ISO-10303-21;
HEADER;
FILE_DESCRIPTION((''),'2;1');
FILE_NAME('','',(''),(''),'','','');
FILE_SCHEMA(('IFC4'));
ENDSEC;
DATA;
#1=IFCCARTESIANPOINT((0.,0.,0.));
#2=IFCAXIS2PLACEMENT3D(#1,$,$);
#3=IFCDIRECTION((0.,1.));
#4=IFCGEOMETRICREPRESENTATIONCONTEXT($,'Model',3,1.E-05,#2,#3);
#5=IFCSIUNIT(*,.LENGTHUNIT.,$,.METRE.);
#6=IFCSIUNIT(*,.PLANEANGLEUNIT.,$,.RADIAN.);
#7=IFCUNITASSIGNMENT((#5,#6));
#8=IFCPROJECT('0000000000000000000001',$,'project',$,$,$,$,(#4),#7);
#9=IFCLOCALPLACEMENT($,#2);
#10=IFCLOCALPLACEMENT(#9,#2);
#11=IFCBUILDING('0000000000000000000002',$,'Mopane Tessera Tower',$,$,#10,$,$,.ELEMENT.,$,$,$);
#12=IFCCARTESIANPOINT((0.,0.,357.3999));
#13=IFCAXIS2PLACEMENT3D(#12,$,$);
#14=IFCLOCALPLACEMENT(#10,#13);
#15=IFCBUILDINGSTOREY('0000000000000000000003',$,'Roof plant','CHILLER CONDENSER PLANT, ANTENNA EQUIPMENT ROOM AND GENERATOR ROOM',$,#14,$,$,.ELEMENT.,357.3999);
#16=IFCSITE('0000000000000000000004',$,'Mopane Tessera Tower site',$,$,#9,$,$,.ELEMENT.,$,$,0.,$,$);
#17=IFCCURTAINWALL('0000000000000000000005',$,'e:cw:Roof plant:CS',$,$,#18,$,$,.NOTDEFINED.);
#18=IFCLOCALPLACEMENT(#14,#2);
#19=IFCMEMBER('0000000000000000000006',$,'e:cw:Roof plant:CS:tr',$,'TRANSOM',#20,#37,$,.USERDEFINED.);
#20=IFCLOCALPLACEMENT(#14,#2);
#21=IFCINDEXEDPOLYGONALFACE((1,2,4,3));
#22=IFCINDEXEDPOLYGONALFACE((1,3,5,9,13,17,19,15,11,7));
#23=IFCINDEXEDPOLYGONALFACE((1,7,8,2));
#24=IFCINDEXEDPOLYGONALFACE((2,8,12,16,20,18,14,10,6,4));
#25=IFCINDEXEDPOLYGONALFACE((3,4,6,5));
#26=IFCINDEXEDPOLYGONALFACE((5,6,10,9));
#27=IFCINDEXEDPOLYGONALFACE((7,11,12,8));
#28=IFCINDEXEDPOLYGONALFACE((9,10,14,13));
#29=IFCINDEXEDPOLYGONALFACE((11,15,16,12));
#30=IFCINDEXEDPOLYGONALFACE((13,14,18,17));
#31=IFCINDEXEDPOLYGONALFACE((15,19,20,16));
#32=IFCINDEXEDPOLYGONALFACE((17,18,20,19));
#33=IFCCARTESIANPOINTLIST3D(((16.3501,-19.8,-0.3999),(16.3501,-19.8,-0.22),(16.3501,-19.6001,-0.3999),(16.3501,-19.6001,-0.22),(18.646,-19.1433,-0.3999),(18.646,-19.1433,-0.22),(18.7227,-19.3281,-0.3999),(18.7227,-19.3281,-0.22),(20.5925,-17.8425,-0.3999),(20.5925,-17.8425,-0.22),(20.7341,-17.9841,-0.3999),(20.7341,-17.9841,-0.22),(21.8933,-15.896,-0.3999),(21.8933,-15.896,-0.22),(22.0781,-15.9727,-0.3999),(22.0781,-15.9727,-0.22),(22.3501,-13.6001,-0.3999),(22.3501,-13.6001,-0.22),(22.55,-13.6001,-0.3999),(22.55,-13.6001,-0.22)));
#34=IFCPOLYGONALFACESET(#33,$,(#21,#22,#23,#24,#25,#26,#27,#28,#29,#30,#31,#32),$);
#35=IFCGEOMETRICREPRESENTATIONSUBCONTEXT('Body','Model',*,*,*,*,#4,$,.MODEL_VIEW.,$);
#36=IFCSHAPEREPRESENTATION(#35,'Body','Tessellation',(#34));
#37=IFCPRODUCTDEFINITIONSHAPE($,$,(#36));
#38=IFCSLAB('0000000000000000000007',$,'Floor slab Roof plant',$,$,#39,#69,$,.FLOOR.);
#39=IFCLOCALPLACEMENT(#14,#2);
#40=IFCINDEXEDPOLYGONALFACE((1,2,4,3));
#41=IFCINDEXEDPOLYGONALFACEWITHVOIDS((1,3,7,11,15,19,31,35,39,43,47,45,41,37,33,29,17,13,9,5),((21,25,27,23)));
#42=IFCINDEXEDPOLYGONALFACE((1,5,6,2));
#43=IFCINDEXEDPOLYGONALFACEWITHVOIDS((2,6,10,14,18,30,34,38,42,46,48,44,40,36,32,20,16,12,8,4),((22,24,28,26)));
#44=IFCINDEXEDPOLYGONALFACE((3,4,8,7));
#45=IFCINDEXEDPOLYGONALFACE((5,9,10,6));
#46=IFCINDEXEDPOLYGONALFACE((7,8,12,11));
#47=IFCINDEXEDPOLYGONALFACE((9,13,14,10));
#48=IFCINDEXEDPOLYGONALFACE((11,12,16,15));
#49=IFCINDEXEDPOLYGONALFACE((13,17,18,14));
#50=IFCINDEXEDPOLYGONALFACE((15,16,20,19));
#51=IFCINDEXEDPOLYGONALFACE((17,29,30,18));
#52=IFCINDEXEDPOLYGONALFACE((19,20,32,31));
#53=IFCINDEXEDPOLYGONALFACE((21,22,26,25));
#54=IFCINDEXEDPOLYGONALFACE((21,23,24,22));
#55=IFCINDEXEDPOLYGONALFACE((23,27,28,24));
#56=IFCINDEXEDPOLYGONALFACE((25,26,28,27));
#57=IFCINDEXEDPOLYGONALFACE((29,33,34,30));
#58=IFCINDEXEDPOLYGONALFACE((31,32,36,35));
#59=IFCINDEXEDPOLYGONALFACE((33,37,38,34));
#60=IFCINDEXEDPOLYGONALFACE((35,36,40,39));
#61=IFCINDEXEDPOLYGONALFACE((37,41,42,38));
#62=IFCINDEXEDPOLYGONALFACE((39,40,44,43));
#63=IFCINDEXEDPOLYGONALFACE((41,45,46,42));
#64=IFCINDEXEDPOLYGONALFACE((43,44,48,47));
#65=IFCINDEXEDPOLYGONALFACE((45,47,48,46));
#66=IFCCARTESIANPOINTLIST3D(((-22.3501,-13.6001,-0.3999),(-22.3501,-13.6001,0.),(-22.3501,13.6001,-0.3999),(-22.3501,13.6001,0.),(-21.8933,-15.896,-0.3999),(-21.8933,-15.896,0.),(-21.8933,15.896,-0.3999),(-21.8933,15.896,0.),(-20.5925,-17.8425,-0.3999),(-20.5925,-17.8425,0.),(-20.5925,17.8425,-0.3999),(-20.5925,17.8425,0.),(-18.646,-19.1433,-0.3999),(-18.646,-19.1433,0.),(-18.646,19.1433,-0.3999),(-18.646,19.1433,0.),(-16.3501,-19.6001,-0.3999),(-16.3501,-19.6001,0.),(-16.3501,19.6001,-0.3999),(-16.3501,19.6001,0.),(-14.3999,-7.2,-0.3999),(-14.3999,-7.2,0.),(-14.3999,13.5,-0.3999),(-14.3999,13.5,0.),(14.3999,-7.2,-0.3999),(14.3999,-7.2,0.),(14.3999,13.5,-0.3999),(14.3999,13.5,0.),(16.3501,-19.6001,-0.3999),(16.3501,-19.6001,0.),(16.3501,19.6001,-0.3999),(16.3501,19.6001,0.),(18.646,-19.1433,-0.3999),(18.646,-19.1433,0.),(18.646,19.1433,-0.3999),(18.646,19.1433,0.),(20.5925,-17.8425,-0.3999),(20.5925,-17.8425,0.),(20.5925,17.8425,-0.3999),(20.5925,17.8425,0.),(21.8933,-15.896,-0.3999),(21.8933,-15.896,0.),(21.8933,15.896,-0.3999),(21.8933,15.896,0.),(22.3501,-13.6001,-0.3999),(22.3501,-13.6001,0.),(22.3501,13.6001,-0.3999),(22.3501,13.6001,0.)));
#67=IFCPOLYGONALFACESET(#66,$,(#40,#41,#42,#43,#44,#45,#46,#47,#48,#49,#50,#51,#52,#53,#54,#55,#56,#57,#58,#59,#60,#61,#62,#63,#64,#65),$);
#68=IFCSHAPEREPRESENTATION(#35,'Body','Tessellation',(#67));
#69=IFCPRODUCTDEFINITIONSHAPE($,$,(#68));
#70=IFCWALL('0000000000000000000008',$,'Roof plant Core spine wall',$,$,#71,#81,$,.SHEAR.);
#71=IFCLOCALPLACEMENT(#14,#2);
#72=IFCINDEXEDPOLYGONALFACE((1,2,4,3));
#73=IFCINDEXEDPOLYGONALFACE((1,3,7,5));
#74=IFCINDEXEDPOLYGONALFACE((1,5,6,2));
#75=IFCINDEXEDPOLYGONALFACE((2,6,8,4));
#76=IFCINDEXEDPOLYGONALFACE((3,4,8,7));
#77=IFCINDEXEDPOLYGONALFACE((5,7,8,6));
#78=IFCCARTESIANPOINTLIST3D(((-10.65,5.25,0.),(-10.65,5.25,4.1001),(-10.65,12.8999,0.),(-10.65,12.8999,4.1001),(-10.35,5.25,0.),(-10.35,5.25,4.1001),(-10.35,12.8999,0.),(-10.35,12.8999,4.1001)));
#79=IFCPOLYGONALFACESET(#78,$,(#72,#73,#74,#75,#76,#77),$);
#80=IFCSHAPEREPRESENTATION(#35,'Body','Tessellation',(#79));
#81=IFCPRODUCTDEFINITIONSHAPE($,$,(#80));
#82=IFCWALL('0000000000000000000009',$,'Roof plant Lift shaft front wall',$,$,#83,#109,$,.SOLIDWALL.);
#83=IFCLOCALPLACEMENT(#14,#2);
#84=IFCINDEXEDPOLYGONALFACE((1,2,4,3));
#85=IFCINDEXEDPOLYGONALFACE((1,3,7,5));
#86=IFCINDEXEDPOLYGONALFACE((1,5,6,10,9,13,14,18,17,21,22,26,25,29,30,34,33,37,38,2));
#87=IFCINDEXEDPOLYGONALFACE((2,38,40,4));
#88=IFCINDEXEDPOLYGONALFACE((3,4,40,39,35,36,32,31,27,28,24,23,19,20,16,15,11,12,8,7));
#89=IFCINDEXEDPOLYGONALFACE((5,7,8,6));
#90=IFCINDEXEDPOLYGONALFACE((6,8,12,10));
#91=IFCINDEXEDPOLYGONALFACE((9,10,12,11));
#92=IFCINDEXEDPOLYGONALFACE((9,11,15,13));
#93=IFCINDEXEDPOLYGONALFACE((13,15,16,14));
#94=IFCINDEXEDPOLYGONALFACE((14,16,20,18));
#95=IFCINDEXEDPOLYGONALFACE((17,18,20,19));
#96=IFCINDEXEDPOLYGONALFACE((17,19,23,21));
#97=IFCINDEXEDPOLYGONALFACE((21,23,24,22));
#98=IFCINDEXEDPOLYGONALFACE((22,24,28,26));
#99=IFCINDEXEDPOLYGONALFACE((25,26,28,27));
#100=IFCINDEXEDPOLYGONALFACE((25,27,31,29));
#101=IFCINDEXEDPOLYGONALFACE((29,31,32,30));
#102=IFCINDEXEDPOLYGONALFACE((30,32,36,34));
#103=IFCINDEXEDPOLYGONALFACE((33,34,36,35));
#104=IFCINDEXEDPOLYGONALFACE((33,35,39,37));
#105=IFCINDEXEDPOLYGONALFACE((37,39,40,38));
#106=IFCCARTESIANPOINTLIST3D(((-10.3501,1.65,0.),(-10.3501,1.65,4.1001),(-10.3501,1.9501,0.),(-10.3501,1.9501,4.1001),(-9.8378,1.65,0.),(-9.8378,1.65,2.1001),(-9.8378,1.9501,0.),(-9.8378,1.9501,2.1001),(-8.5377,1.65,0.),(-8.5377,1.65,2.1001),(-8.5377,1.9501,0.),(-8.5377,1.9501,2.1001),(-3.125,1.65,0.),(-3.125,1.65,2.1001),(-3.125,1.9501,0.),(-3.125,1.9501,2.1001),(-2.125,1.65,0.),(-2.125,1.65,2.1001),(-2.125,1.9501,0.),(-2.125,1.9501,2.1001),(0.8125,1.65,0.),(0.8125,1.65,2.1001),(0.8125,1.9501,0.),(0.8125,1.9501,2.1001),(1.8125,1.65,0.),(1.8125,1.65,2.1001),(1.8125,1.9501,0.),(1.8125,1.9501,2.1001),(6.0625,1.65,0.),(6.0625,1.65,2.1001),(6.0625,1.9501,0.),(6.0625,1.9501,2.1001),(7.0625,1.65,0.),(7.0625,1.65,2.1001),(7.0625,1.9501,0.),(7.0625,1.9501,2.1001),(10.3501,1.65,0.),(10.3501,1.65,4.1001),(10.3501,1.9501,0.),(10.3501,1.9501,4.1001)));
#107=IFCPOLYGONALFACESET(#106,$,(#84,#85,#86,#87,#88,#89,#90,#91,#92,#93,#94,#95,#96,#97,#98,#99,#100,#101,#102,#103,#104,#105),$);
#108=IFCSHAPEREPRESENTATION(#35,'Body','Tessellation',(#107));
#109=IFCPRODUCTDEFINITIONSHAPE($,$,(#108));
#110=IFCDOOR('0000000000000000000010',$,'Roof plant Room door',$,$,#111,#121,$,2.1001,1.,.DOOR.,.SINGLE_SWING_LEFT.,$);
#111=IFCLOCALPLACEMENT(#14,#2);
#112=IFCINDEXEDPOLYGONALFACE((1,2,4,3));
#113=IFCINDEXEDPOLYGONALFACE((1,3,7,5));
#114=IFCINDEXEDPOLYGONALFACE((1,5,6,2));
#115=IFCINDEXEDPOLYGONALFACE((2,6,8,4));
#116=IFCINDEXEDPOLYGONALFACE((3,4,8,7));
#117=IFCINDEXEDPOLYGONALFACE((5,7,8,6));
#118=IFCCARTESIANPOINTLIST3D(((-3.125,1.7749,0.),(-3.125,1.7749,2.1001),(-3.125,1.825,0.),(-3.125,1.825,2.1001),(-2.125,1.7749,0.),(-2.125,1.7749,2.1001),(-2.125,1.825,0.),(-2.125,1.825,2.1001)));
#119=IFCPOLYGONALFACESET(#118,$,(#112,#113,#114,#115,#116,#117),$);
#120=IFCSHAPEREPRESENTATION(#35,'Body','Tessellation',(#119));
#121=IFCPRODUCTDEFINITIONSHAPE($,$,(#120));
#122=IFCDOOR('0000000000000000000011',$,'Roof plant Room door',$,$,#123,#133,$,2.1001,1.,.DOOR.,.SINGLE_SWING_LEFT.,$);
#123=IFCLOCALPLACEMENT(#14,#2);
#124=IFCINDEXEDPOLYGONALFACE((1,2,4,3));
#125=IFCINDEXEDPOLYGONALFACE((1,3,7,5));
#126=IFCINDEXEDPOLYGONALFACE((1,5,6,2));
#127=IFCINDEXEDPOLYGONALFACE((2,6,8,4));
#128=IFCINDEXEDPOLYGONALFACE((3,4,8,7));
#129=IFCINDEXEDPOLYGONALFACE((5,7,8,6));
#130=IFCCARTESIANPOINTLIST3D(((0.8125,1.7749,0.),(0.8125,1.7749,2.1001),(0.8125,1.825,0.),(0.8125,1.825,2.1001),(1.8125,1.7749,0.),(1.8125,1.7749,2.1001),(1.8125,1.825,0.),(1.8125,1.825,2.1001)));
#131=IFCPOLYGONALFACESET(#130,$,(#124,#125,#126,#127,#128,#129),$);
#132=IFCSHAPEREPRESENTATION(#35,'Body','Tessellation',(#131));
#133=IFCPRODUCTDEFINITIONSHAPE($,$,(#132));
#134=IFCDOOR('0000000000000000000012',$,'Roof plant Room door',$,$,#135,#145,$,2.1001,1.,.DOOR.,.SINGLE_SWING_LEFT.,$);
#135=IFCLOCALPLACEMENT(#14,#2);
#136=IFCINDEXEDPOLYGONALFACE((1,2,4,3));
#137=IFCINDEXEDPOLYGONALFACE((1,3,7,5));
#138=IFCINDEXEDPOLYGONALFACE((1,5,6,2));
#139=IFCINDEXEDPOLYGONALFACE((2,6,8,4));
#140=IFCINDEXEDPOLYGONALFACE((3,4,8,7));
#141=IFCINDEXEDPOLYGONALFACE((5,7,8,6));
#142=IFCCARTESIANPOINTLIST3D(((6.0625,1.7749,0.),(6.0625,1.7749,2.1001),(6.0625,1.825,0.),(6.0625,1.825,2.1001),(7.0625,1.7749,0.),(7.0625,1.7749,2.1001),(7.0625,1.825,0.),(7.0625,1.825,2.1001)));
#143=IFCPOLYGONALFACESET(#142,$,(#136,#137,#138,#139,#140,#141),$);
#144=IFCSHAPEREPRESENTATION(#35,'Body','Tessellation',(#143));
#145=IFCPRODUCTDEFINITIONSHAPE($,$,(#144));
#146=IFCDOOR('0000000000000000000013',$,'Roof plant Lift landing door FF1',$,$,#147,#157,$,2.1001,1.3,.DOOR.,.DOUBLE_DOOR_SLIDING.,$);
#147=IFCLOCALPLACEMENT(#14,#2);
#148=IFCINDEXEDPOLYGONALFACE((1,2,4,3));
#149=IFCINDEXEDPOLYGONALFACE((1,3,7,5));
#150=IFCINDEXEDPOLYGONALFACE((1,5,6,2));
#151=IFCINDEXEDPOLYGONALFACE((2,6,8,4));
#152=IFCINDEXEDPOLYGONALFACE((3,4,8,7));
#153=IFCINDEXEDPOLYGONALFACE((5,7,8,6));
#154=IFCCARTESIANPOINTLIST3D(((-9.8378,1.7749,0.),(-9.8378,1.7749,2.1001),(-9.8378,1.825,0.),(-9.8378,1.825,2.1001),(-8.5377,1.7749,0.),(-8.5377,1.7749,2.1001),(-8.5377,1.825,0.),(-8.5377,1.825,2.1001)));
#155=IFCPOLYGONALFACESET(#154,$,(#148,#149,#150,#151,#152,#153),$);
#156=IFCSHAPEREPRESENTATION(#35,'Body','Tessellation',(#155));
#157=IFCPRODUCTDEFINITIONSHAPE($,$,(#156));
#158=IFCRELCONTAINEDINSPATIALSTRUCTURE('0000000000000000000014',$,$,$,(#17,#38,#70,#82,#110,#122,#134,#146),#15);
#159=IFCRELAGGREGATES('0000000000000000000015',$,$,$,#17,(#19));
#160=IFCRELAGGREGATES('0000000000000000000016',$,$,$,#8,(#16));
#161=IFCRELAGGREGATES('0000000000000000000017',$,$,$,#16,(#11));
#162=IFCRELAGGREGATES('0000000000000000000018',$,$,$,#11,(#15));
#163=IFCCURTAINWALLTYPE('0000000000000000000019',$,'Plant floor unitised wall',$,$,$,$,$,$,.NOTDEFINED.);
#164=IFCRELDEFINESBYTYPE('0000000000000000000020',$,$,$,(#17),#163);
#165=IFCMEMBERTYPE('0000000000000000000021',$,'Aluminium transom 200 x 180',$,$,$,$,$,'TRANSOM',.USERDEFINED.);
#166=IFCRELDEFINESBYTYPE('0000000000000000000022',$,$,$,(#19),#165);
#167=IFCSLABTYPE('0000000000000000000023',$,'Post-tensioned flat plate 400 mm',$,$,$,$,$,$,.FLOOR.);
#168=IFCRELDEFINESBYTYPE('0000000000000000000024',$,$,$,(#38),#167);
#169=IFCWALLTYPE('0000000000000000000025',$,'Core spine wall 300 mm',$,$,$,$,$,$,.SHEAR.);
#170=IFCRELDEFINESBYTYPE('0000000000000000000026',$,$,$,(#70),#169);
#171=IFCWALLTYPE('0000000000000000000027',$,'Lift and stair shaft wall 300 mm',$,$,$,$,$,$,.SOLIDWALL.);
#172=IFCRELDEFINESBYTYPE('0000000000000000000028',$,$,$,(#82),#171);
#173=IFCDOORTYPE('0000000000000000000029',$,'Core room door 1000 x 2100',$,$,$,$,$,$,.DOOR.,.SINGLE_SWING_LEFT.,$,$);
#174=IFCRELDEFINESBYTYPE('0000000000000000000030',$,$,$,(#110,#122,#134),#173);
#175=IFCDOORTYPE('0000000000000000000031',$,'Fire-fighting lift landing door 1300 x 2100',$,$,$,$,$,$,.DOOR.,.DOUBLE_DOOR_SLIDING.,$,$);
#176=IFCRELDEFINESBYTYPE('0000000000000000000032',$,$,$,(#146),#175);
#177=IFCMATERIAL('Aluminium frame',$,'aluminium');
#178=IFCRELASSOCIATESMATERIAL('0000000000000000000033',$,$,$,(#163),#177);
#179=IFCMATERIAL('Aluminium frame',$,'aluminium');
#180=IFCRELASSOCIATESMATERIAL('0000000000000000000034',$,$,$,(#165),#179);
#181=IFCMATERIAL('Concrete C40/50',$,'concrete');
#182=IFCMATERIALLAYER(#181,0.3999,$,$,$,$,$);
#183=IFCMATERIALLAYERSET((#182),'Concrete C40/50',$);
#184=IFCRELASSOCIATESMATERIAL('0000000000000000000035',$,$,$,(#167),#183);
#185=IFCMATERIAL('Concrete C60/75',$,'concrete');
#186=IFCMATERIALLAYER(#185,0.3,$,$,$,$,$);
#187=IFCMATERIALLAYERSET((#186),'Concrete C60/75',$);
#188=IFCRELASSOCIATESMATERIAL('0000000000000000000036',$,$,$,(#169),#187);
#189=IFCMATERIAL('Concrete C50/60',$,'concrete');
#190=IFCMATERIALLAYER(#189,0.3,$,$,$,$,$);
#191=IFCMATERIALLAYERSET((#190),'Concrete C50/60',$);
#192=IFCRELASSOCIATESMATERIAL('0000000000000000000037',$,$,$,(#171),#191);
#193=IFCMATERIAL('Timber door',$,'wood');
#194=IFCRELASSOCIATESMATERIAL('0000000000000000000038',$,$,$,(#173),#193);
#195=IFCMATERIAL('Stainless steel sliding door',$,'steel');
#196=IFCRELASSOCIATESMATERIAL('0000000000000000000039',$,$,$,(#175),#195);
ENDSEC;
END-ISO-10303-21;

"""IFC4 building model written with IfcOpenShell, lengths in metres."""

from ifc_helpers import new_model, si_unit, direction, frame, frame_2d, origin, origin_2d, place, context, subcontext, project, spatial, polyline, rectangle, outline, extrude, material, layer, layer_set, material_profile, profile_set, type_object, element, fill, aggregate, save


model = new_model("IFC4")

# Units and contexts
model_context = context("Model", 3, precision=1e-05, world=origin(), true_north=direction((0.0, 1.0)))
body_context = subcontext(model_context, "Body", "Model", "MODEL_VIEW")
ifc_project = project(units=[si_unit("LENGTHUNIT", "METRE"), si_unit("PLANEANGLEUNIT", "RADIAN")], contexts=[model_context])

# Site, building, storey
site_placement = place(None, origin())
site = spatial("IfcSite", under=ifc_project, at=site_placement, Name="Mopane Tessera Tower site", CompositionType="ELEMENT", RefElevation=0.0)
building_placement = place(site_placement, origin())
building = spatial("IfcBuilding", under=site, at=building_placement, Name="Mopane Tessera Tower", CompositionType="ELEMENT")
storey_placement = place(building_placement, frame((0.0, 0.0, 357.3999)))
storey = spatial("IfcBuildingStorey", under=building, at=storey_placement, Name="Roof plant", Description="CHILLER CONDENSER PLANT, ANTENNA EQUIPMENT ROOM AND GENERATOR ROOM", CompositionType="ELEMENT", Elevation=357.3999)

# Curtain wall, member
ifc_material_1 = material(Name="Aluminium frame", Category="aluminium")
curtain_wall_type = type_object("IfcCurtainWallType", Name="Plant floor unitised wall", PredefinedType="NOTDEFINED", material=ifc_material_1)
curtain_wall_placement = place(storey_placement, origin())
curtain_wall = element("IfcCurtainWall", 1, at=curtain_wall_placement, inside=storey, type_object=curtain_wall_type, Name="e:cw:Roof plant:CS", PredefinedType="NOTDEFINED")
ifc_material_2 = material(Name="Aluminium frame", Category="aluminium")
ifc_material_profile = material_profile(ifc_material_2, rectangle(XDim=0.2, YDim=0.1799, at=origin_2d()))
ifc_profile_set = profile_set([ifc_material_profile], Name="Aluminium frame")
member_type = type_object("IfcMemberType", Name="Aluminium transom 200 x 180", ElementType="TRANSOM", PredefinedType="USERDEFINED", material=ifc_profile_set)
member_placement = place(storey_placement, frame((0.0, 0.0, -0.3999)))
member = element("IfcMember", 2, at=member_placement, type_object=member_type, Name="e:cw:Roof plant:CS:tr", ObjectType="TRANSOM", PredefinedType="USERDEFINED", context=body_context, shape_type="SweptSolid", body=[
    extrude(outline(polyline([(16.3501, -19.6001), (18.646, -19.1433), (20.5925, -17.8425), (21.8933, -15.896), (22.3501, -13.6001), (22.55, -13.6001), (22.0781, -15.9727), (20.7341, -17.9841), (18.7227, -19.3281), (16.3501, -19.8), (16.3501, -19.6001)])), origin(), (0.0, 0.0, 1.0), 0.1799),
])
aggregate(curtain_wall, [member])

# Slab
ifc_material_3 = material(Name="Concrete C40/50", Category="concrete")
ifc_layer_1 = layer(ifc_material_3, 0.3999)
ifc_layer_set_1 = layer_set([ifc_layer_1], Name="Concrete C40/50")
slab_type = type_object("IfcSlabType", Name="Post-tensioned flat plate 400 mm", PredefinedType="FLOOR", material=ifc_layer_set_1)
slab_placement = place(storey_placement, frame((0.0, 0.0, -0.3999)))
element("IfcSlab", 3, at=slab_placement, inside=storey, type_object=slab_type, Name="Floor slab Roof plant", PredefinedType="FLOOR", context=body_context, shape_type="SweptSolid", body=[
    extrude(outline(polyline([(-16.3501, -19.6001), (16.3501, -19.6001), (18.646, -19.1433), (20.5925, -17.8425), (21.8933, -15.896), (22.3501, -13.6001), (22.3501, 13.6001), (21.8933, 15.896), (20.5925, 17.8425), (18.646, 19.1433), (16.3501, 19.6001), (-16.3501, 19.6001), (-18.646, 19.1433), (-20.5925, 17.8425), (-21.8933, 15.896), (-22.3501, 13.6001), (-22.3501, -13.6001), (-21.8933, -15.896), (-20.5925, -17.8425), (-18.646, -19.1433), (-16.3501, -19.6001)]), holes=[polyline([(14.3999, -7.2), (-14.3999, -7.2), (-14.3999, 13.5), (14.3999, 13.5), (14.3999, -7.2)])]), origin(), (0.0, 0.0, 1.0), 0.3999),
])

# Wall
ifc_material_4 = material(Name="Concrete C60/75", Category="concrete")
ifc_layer_2 = layer(ifc_material_4, 0.3)
ifc_layer_set_2 = layer_set([ifc_layer_2], Name="Concrete C60/75")
wall_type_1 = type_object("IfcWallType", Name="Core spine wall 300 mm", PredefinedType="SHEAR", material=ifc_layer_set_2)
wall_1_placement = place(storey_placement, frame((-10.5, 5.25, 0.0), z_axis=(0.0, 0.0, 1.0), x_axis=(0.0, 1.0, 0.0)))
element("IfcWall", 4, at=wall_1_placement, inside=storey, type_object=wall_type_1, Name="Roof plant Core spine wall", PredefinedType="SHEAR", context=body_context, shape_type="SweptSolid", body=[
    extrude(rectangle(XDim=7.6499, YDim=0.3, at=frame_2d((3.825, 0.0))), origin(), (0.0, 0.0, 1.0), 4.1001),
])

# Wall, openings, doors
ifc_material_5 = material(Name="Concrete C50/60", Category="concrete")
ifc_layer_3 = layer(ifc_material_5, 0.3)
ifc_layer_set_3 = layer_set([ifc_layer_3], Name="Concrete C50/60")
wall_type_2 = type_object("IfcWallType", Name="Lift and stair shaft wall 300 mm", PredefinedType="SOLIDWALL", material=ifc_layer_set_3)
wall_2_placement = place(storey_placement, frame((-10.3501, 1.8, 0.0), z_axis=(0.0, 0.0, 1.0), x_axis=(1.0, 0.0, 0.0)))
wall_2 = element("IfcWall", 5, at=wall_2_placement, inside=storey, type_object=wall_type_2, Name="Roof plant Lift shaft front wall", PredefinedType="SOLIDWALL", context=body_context, shape_type="SweptSolid", body=[
    extrude(rectangle(XDim=20.7002, YDim=0.3, at=frame_2d((10.3501, 0.0))), origin(), (0.0, 0.0, 1.0), 4.1001),
])
opening_1_placement = place(wall_2_placement, frame((0.5125, 0.0, 0.0)))
opening_1 = element("IfcOpeningElement", 6, at=opening_1_placement, cuts=wall_2, PredefinedType="OPENING", context=body_context, shape_type="SweptSolid", body=[
    extrude(rectangle(XDim=1.3, YDim=2.1001, at=frame_2d((0.6499, 1.05))), frame((0.0, 0.1621, 0.0), z_axis=(0.0, -1.0, 0.0), x_axis=(1.0, 0.0, 0.0)), (0.0, 0.0, 1.0), 0.324),
])
opening_2_placement = place(wall_2_placement, frame((7.2251, 0.0, 0.0)))
opening_2 = element("IfcOpeningElement", 7, at=opening_2_placement, cuts=wall_2, PredefinedType="OPENING", context=body_context, shape_type="SweptSolid", body=[
    extrude(rectangle(XDim=1.0, YDim=2.1001, at=frame_2d((0.5, 1.05))), frame((0.0, 0.1621, 0.0), z_axis=(0.0, -1.0, 0.0), x_axis=(1.0, 0.0, 0.0)), (0.0, 0.0, 1.0), 0.324),
])
opening_3_placement = place(wall_2_placement, frame((11.1626, 0.0, 0.0)))
opening_3 = element("IfcOpeningElement", 8, at=opening_3_placement, cuts=wall_2, PredefinedType="OPENING", context=body_context, shape_type="SweptSolid", body=[
    extrude(rectangle(XDim=1.0, YDim=2.1001, at=frame_2d((0.5, 1.05))), frame((0.0, 0.1621, 0.0), z_axis=(0.0, -1.0, 0.0), x_axis=(1.0, 0.0, 0.0)), (0.0, 0.0, 1.0), 0.324),
])
opening_4_placement = place(wall_2_placement, frame((16.4126, 0.0, 0.0)))
opening_4 = element("IfcOpeningElement", 9, at=opening_4_placement, cuts=wall_2, PredefinedType="OPENING", context=body_context, shape_type="SweptSolid", body=[
    extrude(rectangle(XDim=1.0, YDim=2.1001, at=frame_2d((0.5, 1.05))), frame((0.0, 0.1621, 0.0), z_axis=(0.0, -1.0, 0.0), x_axis=(1.0, 0.0, 0.0)), (0.0, 0.0, 1.0), 0.324),
])
ifc_material_6 = material(Name="Timber door", Category="wood")
door_type_1 = type_object("IfcDoorType", Name="Core room door 1000 x 2100", OperationType="SINGLE_SWING_LEFT", PredefinedType="DOOR", material=ifc_material_6)
door_1_placement = place(opening_2_placement, origin())
door_1 = element("IfcDoor", 10, at=door_1_placement, inside=storey, type_object=door_type_1, Name="Roof plant Room door", OperationType="SINGLE_SWING_LEFT", OverallHeight=2.1001, OverallWidth=1.0, PredefinedType="DOOR", context=body_context, shape_type="SweptSolid", body=[
    extrude(rectangle(XDim=1.0, YDim=2.1001, at=frame_2d((0.5, 1.05))), frame((0.0, 0.0249, 0.0), z_axis=(0.0, -1.0, 0.0), x_axis=(1.0, 0.0, 0.0)), (0.0, 0.0, 1.0), 0.05),
])
fill(opening_2, door_1)
door_2_placement = place(opening_3_placement, origin())
door_2 = element("IfcDoor", 11, at=door_2_placement, inside=storey, type_object=door_type_1, Name="Roof plant Room door", OperationType="SINGLE_SWING_LEFT", OverallHeight=2.1001, OverallWidth=1.0, PredefinedType="DOOR", context=body_context, shape_type="SweptSolid", body=[
    extrude(rectangle(XDim=1.0, YDim=2.1001, at=frame_2d((0.5, 1.05))), frame((0.0, 0.0249, 0.0), z_axis=(0.0, -1.0, 0.0), x_axis=(1.0, 0.0, 0.0)), (0.0, 0.0, 1.0), 0.05),
])
fill(opening_3, door_2)
door_3_placement = place(opening_4_placement, origin())
door_3 = element("IfcDoor", 12, at=door_3_placement, inside=storey, type_object=door_type_1, Name="Roof plant Room door", OperationType="SINGLE_SWING_LEFT", OverallHeight=2.1001, OverallWidth=1.0, PredefinedType="DOOR", context=body_context, shape_type="SweptSolid", body=[
    extrude(rectangle(XDim=1.0, YDim=2.1001, at=frame_2d((0.5, 1.05))), frame((0.0, 0.0249, 0.0), z_axis=(0.0, -1.0, 0.0), x_axis=(1.0, 0.0, 0.0)), (0.0, 0.0, 1.0), 0.05),
])
fill(opening_4, door_3)
ifc_material_7 = material(Name="Stainless steel sliding door", Category="steel")
door_type_2 = type_object("IfcDoorType", Name="Fire-fighting lift landing door 1300 x 2100", OperationType="DOUBLE_DOOR_SLIDING", PredefinedType="DOOR", material=ifc_material_7)
door_4_placement = place(opening_1_placement, origin())
door_4 = element("IfcDoor", 13, at=door_4_placement, inside=storey, type_object=door_type_2, Name="Roof plant Lift landing door FF1", OperationType="DOUBLE_DOOR_SLIDING", OverallHeight=2.1001, OverallWidth=1.3, PredefinedType="DOOR", context=body_context, shape_type="SweptSolid", body=[
    extrude(rectangle(XDim=1.3, YDim=2.1001, at=frame_2d((0.6499, 1.05))), frame((0.0, 0.0249, 0.0), z_axis=(0.0, -1.0, 0.0), x_axis=(1.0, 0.0, 0.0)), (0.0, 0.0, 1.0), 0.05),
])
fill(opening_1, door_4)

save(model, "model.ifc")
